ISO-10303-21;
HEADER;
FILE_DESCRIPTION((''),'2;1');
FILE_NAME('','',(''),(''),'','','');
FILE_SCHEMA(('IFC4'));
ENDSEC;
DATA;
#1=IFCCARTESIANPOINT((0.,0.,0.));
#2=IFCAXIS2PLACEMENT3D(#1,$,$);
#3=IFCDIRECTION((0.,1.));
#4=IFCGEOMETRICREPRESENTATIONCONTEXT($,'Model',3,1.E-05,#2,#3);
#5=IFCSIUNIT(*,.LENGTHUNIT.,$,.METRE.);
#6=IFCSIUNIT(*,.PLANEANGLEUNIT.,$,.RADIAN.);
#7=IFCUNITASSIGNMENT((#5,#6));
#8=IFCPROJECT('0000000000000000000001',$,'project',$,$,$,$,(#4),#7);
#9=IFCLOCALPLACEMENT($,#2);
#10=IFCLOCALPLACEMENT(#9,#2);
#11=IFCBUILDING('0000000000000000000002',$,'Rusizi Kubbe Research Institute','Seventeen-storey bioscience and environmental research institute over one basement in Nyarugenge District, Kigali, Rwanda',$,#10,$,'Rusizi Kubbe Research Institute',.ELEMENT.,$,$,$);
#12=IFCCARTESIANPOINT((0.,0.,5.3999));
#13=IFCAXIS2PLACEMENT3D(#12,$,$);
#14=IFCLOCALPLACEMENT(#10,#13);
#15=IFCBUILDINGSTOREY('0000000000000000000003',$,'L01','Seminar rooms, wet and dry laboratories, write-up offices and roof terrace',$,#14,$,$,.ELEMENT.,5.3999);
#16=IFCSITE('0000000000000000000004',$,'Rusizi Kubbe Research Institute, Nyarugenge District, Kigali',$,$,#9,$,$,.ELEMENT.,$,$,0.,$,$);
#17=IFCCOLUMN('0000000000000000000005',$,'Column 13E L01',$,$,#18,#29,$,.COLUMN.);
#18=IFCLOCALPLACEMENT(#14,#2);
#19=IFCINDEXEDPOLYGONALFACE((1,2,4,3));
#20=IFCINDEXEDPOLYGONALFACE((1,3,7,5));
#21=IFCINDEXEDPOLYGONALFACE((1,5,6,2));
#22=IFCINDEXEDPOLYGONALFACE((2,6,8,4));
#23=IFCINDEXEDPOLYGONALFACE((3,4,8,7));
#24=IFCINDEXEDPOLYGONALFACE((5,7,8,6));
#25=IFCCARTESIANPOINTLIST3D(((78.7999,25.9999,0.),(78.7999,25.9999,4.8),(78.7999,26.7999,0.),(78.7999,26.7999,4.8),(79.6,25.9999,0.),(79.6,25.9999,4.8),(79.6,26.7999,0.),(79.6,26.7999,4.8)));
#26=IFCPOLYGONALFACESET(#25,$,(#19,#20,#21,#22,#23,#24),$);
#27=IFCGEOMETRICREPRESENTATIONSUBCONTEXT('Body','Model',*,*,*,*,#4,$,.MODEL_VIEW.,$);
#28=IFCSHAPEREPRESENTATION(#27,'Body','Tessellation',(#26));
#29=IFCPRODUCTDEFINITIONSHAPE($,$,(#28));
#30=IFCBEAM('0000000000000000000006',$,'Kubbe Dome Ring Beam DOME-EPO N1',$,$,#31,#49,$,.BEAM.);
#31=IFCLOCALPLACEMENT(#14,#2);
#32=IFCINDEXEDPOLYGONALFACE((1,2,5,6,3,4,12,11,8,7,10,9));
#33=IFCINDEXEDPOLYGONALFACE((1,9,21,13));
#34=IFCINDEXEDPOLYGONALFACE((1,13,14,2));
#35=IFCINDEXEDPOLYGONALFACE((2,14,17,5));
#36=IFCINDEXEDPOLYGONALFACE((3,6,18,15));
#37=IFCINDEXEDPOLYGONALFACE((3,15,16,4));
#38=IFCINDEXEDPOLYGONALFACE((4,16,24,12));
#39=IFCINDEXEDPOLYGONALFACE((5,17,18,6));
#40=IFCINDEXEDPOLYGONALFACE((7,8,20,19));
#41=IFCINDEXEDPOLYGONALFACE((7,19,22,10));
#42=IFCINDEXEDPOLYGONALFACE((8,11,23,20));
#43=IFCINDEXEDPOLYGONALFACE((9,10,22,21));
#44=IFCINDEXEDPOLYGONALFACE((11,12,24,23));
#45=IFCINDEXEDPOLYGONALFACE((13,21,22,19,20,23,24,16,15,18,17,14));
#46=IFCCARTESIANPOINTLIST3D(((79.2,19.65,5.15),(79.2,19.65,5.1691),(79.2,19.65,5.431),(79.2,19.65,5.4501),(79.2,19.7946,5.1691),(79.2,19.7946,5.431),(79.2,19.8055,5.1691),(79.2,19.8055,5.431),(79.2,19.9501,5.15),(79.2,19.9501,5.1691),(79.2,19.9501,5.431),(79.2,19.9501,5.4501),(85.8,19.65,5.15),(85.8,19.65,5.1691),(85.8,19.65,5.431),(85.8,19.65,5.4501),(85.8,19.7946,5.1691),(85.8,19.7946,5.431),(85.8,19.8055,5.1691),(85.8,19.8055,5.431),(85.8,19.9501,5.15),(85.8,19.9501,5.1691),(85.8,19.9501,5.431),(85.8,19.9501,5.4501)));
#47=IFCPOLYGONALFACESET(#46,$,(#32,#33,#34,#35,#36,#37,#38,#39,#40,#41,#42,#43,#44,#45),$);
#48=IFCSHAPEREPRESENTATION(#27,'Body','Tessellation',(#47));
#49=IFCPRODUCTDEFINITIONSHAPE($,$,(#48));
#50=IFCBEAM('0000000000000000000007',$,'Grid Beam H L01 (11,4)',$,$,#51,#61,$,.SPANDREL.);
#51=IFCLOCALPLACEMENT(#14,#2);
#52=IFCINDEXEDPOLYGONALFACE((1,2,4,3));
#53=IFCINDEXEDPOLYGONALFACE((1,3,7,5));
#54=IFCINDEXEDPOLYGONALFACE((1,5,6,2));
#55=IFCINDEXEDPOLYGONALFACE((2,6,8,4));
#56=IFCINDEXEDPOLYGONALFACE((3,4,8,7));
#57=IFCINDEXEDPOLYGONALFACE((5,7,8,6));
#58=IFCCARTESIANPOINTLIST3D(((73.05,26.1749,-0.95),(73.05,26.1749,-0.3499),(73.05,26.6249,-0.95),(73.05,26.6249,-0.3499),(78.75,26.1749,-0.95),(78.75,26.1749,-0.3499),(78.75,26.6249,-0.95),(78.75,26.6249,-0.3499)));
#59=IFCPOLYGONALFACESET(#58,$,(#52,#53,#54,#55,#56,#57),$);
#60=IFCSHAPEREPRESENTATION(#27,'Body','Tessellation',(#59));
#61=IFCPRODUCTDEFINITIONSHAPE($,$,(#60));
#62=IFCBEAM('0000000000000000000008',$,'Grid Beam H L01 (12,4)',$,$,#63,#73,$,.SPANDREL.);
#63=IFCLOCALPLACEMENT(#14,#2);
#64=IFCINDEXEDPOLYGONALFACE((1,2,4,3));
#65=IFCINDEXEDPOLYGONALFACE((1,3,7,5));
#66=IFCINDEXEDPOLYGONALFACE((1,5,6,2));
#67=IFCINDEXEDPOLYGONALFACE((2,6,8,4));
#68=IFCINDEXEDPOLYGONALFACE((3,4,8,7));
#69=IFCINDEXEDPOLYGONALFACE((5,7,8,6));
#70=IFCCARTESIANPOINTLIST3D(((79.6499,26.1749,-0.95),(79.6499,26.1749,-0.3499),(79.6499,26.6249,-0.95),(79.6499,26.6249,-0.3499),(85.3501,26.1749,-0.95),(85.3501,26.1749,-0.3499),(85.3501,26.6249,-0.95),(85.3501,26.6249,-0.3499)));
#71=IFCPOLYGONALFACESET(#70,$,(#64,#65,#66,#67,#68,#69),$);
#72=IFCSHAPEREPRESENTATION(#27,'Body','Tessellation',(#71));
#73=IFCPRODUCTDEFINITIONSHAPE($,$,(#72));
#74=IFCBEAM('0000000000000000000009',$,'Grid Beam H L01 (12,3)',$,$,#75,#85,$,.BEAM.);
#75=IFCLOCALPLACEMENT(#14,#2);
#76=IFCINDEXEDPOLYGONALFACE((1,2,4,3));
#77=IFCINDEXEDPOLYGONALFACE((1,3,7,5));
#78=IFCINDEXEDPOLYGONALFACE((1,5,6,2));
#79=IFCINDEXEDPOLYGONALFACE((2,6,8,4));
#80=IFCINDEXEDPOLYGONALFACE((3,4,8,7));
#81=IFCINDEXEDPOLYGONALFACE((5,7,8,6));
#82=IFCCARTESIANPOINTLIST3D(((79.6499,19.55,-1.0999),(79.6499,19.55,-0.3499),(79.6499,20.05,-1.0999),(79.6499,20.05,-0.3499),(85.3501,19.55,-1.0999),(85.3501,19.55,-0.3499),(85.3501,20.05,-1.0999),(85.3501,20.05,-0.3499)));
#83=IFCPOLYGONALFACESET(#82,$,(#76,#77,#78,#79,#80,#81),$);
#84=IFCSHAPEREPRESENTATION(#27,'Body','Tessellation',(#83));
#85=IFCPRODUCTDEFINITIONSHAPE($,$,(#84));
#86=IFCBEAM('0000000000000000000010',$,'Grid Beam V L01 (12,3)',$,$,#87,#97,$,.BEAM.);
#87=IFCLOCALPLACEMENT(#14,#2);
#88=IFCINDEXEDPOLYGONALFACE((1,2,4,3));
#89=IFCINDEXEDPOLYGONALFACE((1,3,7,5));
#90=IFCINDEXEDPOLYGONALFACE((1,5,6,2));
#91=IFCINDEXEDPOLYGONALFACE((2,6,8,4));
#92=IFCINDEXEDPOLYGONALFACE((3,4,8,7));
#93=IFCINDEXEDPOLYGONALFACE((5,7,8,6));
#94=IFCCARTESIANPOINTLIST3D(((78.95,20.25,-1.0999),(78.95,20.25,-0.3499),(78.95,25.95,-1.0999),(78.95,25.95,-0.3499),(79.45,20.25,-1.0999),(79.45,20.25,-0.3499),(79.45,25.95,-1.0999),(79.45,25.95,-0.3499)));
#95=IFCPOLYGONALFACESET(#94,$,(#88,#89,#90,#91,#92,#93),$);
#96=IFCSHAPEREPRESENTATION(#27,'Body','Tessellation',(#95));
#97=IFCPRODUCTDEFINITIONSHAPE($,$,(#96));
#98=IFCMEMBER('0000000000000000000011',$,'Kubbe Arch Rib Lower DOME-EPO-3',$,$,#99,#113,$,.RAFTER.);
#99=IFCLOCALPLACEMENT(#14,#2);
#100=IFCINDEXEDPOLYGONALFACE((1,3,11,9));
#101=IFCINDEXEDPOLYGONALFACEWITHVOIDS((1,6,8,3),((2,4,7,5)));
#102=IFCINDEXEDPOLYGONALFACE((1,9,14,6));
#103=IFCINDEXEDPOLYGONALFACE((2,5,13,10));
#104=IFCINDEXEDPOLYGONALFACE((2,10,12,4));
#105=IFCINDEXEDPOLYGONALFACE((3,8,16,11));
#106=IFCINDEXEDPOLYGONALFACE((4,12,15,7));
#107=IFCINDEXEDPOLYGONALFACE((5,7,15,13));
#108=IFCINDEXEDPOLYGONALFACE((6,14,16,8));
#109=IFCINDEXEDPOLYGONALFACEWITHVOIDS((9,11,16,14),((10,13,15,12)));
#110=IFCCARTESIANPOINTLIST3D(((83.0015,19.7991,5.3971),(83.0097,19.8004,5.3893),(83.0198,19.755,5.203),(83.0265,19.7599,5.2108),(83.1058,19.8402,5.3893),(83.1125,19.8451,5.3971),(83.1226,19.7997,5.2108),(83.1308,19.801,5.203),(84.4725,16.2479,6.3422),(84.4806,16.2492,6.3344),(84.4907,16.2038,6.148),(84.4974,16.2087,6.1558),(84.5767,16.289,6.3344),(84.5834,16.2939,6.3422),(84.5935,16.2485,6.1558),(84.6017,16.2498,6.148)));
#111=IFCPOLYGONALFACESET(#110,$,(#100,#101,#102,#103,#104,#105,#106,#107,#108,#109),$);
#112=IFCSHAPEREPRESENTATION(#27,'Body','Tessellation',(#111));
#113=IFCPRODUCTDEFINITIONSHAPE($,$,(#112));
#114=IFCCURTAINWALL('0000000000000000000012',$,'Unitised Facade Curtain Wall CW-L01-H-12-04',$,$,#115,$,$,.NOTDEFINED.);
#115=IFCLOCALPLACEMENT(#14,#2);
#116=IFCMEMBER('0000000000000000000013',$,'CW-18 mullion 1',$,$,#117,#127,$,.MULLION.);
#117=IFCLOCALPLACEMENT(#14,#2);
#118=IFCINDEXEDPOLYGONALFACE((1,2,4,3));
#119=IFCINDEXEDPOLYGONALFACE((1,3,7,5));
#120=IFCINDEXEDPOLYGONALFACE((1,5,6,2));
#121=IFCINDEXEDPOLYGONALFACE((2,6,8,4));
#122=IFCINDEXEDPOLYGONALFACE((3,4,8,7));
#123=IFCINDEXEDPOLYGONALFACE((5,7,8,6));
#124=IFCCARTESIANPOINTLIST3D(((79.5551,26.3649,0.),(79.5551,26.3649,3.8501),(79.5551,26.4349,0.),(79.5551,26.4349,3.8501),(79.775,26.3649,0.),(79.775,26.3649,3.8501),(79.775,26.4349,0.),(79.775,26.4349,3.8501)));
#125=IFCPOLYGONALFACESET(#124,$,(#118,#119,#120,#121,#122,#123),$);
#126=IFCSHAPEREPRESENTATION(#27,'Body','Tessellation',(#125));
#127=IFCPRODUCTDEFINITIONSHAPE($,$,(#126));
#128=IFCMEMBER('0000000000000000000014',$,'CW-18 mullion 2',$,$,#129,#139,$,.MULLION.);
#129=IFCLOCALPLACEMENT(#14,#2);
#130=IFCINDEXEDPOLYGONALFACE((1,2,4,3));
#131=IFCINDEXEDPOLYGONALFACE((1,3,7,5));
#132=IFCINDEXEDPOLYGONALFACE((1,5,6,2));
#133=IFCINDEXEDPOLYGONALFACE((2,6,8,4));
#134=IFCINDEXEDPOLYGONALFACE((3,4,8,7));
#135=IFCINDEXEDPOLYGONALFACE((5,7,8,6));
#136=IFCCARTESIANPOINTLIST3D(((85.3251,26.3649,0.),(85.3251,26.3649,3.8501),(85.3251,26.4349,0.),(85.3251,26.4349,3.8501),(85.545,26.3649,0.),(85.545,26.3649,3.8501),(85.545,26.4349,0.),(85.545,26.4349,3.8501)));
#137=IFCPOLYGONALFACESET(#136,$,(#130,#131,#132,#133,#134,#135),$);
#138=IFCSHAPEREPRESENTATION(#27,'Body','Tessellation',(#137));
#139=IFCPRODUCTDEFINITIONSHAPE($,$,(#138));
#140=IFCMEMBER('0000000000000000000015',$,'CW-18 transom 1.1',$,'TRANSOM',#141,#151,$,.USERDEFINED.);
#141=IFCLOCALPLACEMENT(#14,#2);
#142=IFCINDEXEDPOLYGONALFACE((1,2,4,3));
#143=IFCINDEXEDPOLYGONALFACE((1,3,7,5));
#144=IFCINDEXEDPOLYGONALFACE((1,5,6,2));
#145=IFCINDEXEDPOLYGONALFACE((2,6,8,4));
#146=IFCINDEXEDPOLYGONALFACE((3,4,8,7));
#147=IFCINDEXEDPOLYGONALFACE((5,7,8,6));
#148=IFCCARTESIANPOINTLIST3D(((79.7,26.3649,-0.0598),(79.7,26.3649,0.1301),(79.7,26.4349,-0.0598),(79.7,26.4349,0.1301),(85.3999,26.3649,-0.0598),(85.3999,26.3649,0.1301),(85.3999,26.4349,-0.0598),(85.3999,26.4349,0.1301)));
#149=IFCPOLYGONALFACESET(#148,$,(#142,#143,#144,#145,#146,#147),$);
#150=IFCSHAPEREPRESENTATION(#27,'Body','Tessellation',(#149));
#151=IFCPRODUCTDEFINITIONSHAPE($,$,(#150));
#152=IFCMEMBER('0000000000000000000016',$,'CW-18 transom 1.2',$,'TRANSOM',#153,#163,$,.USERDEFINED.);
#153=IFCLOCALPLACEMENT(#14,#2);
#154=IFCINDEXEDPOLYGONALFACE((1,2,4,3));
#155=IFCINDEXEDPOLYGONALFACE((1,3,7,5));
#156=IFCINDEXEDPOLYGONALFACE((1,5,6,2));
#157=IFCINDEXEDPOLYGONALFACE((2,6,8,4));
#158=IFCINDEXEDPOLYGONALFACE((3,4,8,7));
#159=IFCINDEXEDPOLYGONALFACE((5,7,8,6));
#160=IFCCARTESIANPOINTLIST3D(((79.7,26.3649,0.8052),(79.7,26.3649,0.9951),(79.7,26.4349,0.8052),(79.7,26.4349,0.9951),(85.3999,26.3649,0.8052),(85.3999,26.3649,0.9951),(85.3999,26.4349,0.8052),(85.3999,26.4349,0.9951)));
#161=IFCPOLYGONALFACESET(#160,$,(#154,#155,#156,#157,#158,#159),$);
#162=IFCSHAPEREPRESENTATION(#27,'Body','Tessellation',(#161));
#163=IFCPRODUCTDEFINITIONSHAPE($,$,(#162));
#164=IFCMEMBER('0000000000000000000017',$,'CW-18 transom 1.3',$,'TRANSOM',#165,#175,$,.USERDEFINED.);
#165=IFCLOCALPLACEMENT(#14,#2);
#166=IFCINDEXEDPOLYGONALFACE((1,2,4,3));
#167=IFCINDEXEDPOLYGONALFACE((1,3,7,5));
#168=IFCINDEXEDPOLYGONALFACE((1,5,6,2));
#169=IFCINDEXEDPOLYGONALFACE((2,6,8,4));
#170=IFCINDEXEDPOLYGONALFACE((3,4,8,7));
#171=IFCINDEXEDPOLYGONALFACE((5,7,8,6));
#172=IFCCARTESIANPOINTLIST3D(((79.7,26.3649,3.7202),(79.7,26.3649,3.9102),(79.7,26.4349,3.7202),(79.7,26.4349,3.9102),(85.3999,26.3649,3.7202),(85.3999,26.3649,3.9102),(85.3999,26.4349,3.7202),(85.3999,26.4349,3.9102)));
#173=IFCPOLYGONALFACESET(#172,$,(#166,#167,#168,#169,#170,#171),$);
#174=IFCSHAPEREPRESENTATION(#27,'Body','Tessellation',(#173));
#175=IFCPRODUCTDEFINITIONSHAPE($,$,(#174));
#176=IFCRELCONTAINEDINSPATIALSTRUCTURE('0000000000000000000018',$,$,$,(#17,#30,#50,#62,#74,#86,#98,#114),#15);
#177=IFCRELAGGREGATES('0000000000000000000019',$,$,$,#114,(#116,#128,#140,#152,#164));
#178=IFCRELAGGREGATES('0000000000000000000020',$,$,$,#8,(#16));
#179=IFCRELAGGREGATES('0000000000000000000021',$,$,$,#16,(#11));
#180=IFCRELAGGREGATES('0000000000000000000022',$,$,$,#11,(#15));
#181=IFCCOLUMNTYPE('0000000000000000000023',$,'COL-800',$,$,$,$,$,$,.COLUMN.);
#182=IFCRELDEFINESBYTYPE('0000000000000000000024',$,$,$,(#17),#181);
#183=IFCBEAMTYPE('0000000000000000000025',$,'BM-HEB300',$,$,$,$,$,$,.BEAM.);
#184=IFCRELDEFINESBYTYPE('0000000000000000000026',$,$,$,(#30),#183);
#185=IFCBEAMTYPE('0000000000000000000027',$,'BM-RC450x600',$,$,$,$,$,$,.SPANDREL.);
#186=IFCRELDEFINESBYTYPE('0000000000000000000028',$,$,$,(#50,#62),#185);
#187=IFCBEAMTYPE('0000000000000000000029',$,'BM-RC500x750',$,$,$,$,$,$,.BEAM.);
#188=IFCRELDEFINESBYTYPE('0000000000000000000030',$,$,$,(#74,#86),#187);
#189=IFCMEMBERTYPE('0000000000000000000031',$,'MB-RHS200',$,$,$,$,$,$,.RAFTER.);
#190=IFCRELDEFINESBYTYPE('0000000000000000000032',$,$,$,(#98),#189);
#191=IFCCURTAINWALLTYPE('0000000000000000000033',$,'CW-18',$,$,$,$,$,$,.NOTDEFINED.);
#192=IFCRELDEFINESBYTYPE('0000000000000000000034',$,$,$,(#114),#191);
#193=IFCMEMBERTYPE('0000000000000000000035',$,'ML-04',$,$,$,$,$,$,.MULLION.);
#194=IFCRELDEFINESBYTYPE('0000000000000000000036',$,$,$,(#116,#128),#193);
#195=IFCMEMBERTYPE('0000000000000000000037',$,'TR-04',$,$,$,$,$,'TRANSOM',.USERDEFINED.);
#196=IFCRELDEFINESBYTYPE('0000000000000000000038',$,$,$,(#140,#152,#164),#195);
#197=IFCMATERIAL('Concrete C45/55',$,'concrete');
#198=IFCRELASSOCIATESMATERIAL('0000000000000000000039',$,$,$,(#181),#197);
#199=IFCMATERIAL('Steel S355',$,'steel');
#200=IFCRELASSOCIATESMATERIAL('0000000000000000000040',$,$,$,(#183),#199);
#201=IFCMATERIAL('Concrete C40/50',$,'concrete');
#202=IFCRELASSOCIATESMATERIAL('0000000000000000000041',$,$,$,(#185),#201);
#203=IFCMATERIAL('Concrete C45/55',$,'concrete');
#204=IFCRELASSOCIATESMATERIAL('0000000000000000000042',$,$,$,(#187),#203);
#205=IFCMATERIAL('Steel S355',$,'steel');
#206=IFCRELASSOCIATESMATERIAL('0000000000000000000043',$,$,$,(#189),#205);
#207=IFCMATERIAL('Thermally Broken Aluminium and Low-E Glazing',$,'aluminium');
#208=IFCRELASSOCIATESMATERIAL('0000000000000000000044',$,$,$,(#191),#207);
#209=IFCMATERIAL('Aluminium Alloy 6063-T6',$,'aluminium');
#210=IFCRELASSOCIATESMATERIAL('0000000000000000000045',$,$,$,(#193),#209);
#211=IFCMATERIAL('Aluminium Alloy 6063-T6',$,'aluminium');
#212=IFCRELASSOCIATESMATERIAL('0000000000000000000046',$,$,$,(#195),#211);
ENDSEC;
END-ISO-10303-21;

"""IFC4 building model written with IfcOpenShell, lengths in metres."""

from ifc_helpers import new_model, si_unit, direction, frame, origin, origin_2d, place, context, subcontext, project, spatial, rectangle, hollow_rectangle, i_section, extrude, material, material_profile, profile_set, type_object, element, aggregate, save


model = new_model("IFC4")

# Units and contexts
model_context = context("Model", 3, precision=1e-05, world=origin(), true_north=direction((0.0, 1.0)))
body_context = subcontext(model_context, "Body", "Model", "MODEL_VIEW")
ifc_project = project(units=[si_unit("LENGTHUNIT", "METRE"), si_unit("PLANEANGLEUNIT", "RADIAN")], contexts=[model_context])

# Site, building, storey
site_placement = place(None, origin())
site = spatial("IfcSite", under=ifc_project, at=site_placement, Name="Rusizi Kubbe Research Institute, Nyarugenge District, Kigali", CompositionType="ELEMENT", RefElevation=0.0)
building_placement = place(site_placement, origin())
building = spatial("IfcBuilding", under=site, at=building_placement, Name="Rusizi Kubbe Research Institute", Description="Seventeen-storey bioscience and environmental research institute over one basement in Nyarugenge District, Kigali, Rwanda", LongName="Rusizi Kubbe Research Institute", CompositionType="ELEMENT")
storey_placement = place(building_placement, frame((0.0, 0.0, 5.3999)))
storey = spatial("IfcBuildingStorey", under=building, at=storey_placement, Name="L01", Description="Seminar rooms, wet and dry laboratories, write-up offices and roof terrace", CompositionType="ELEMENT", Elevation=5.3999)

# Column
ifc_material_1 = material(Name="Concrete C45/55", Category="concrete")
ifc_material_profile_1 = material_profile(ifc_material_1, rectangle(XDim=0.8, YDim=0.8, at=origin_2d()), Name="RC800x800")
ifc_profile_set_1 = profile_set([ifc_material_profile_1], Name="Concrete C45/55")
column_type = type_object("IfcColumnType", Name="COL-800", PredefinedType="COLUMN", material=ifc_profile_set_1)
column_placement = place(storey_placement, frame((79.2, 26.3999, 0.0), z_axis=(0.0, 0.0, 1.0), x_axis=(1.0, 0.0, 0.0)))
element("IfcColumn", 1, at=column_placement, inside=storey, type_object=column_type, Name="Column 13E L01", PredefinedType="COLUMN", context=body_context, shape_type="SweptSolid", body=[
    extrude(rectangle(XDim=0.8, YDim=0.8, at=origin_2d()), origin(), (0.0, 0.0, 1.0), 4.8),
])

# Beams
ifc_material_2 = material(Name="Steel S355", Category="steel")
ifc_material_profile_2 = material_profile(ifc_material_2, i_section(OverallWidth=0.3, OverallDepth=0.3, WebThickness=0.011, FlangeThickness=0.019, at=origin_2d()), Name="HEB 300")
ifc_profile_set_2 = profile_set([ifc_material_profile_2], Name="Steel S355")
beam_type_1 = type_object("IfcBeamType", Name="BM-HEB300", PredefinedType="BEAM", material=ifc_profile_set_2)
beam_1_placement = place(storey_placement, frame((79.2, 19.8, 5.3), z_axis=(1.0, 0.0, 0.0), x_axis=(0.0, 1.0, 0.0)))
element("IfcBeam", 2, at=beam_1_placement, inside=storey, type_object=beam_type_1, Name="Kubbe Dome Ring Beam DOME-EPO N1", PredefinedType="BEAM", context=body_context, shape_type="SweptSolid", body=[
    extrude(i_section(OverallWidth=0.3, OverallDepth=0.3, WebThickness=0.011, FlangeThickness=0.019, at=origin_2d()), origin(), (0.0, 0.0, 1.0), 6.6001),
])
ifc_material_3 = material(Name="Concrete C40/50", Category="concrete")
ifc_material_profile_3 = material_profile(ifc_material_3, rectangle(XDim=0.45, YDim=0.6001, at=origin_2d()), Name="RC450x600")
ifc_profile_set_3 = profile_set([ifc_material_profile_3], Name="Concrete C40/50")
beam_type_2 = type_object("IfcBeamType", Name="BM-RC450x600", PredefinedType="SPANDREL", material=ifc_profile_set_3)
beam_2_placement = place(storey_placement, frame((73.05, 26.3999, -0.6499), z_axis=(1.0, 0.0, 0.0), x_axis=(0.0, 1.0, 0.0)))
element("IfcBeam", 3, at=beam_2_placement, inside=storey, type_object=beam_type_2, Name="Grid Beam H L01 (11,4)", PredefinedType="SPANDREL", context=body_context, shape_type="SweptSolid", body=[
    extrude(rectangle(XDim=0.45, YDim=0.6001, at=origin_2d()), origin(), (0.0, 0.0, 1.0), 5.7),
])
beam_3_placement = place(storey_placement, frame((79.6499, 26.3999, -0.6499), z_axis=(1.0, 0.0, 0.0), x_axis=(0.0, 1.0, 0.0)))
element("IfcBeam", 4, at=beam_3_placement, inside=storey, type_object=beam_type_2, Name="Grid Beam H L01 (12,4)", PredefinedType="SPANDREL", context=body_context, shape_type="SweptSolid", body=[
    extrude(rectangle(XDim=0.45, YDim=0.6001, at=origin_2d()), origin(), (0.0, 0.0, 1.0), 5.7002),
])
ifc_material_4 = material(Name="Concrete C45/55", Category="concrete")
ifc_material_profile_4 = material_profile(ifc_material_4, rectangle(XDim=0.5, YDim=0.75, at=origin_2d()), Name="RC500x750B")
ifc_profile_set_4 = profile_set([ifc_material_profile_4], Name="Concrete C45/55")
beam_type_3 = type_object("IfcBeamType", Name="BM-RC500x750", PredefinedType="BEAM", material=ifc_profile_set_4)
beam_4_placement = place(storey_placement, frame((79.6499, 19.8, -0.7249), z_axis=(1.0, 0.0, 0.0), x_axis=(0.0, 1.0, 0.0)))
element("IfcBeam", 5, at=beam_4_placement, inside=storey, type_object=beam_type_3, Name="Grid Beam H L01 (12,3)", PredefinedType="BEAM", context=body_context, shape_type="SweptSolid", body=[
    extrude(rectangle(XDim=0.5, YDim=0.75, at=origin_2d()), origin(), (0.0, 0.0, 1.0), 5.7002),
])
beam_5_placement = place(storey_placement, frame((79.2, 20.25, -0.7249), z_axis=(0.0, 1.0, 0.0), x_axis=(-1.0, 0.0, 0.0)))
element("IfcBeam", 6, at=beam_5_placement, inside=storey, type_object=beam_type_3, Name="Grid Beam V L01 (12,3)", PredefinedType="BEAM", context=body_context, shape_type="SweptSolid", body=[
    extrude(rectangle(XDim=0.5, YDim=0.75, at=origin_2d()), origin(), (0.0, 0.0, 1.0), 5.7),
])

# Member
ifc_material_5 = material(Name="Steel S355", Category="steel")
ifc_material_profile_5 = material_profile(ifc_material_5, hollow_rectangle(XDim=0.1201, YDim=0.2, WallThickness=0.0081, at=origin_2d()), Name="RHS 200x120x8.0")
ifc_profile_set_5 = profile_set([ifc_material_profile_5], Name="Steel S355")
member_type_1 = type_object("IfcMemberType", Name="MB-RHS200", PredefinedType="RAFTER", material=ifc_profile_set_5)
member_1_placement = place(storey_placement, frame((83.0662, 19.8, 5.3), z_axis=(0.371608, -0.897164, 0.238754), x_axis=(0.923883, 0.382675, 0.0)))
element("IfcMember", 7, at=member_1_placement, inside=storey, type_object=member_type_1, Name="Kubbe Arch Rib Lower DOME-EPO-3", PredefinedType="RAFTER", context=body_context, shape_type="SweptSolid", body=[
    extrude(hollow_rectangle(XDim=0.1201, YDim=0.2, WallThickness=0.0081, at=origin_2d()), origin(), (0.0, 0.0, 1.0), 3.9583),
])

# Curtain wall, members
ifc_material_6 = material(Name="Thermally Broken Aluminium and Low-E Glazing", Category="aluminium")
curtain_wall_type = type_object("IfcCurtainWallType", Name="CW-18", PredefinedType="NOTDEFINED", material=ifc_material_6)
curtain_wall_placement = place(storey_placement, origin())
curtain_wall = element("IfcCurtainWall", 8, at=curtain_wall_placement, inside=storey, type_object=curtain_wall_type, Name="Unitised Facade Curtain Wall CW-L01-H-12-04", PredefinedType="NOTDEFINED")
ifc_material_7 = material(Name="Aluminium Alloy 6063-T6", Category="aluminium")
ifc_material_profile_6 = material_profile(ifc_material_7, rectangle(XDim=0.0701, YDim=0.22, at=origin_2d()), Name="ALU-M 70x220")
ifc_profile_set_6 = profile_set([ifc_material_profile_6], Name="Aluminium Alloy 6063-T6")
member_type_2 = type_object("IfcMemberType", Name="ML-04", PredefinedType="MULLION", material=ifc_profile_set_6)
member_2_placement = place(storey_placement, frame((79.665, 26.3999, 0.0), z_axis=(0.0, 0.0, 1.0), x_axis=(0.0, 1.0, 0.0)))
member_2 = element("IfcMember", 9, at=member_2_placement, type_object=member_type_2, Name="CW-18 mullion 1", PredefinedType="MULLION", context=body_context, shape_type="SweptSolid", body=[
    extrude(rectangle(XDim=0.0701, YDim=0.22, at=origin_2d()), origin(), (0.0, 0.0, 1.0), 3.8501),
])
member_3_placement = place(storey_placement, frame((85.4351, 26.3999, 0.0), z_axis=(0.0, 0.0, 1.0), x_axis=(0.0, 1.0, 0.0)))
member_3 = element("IfcMember", 10, at=member_3_placement, type_object=member_type_2, Name="CW-18 mullion 2", PredefinedType="MULLION", context=body_context, shape_type="SweptSolid", body=[
    extrude(rectangle(XDim=0.0701, YDim=0.22, at=origin_2d()), origin(), (0.0, 0.0, 1.0), 3.8501),
])
ifc_material_8 = material(Name="Aluminium Alloy 6063-T6", Category="aluminium")
ifc_material_profile_7 = material_profile(ifc_material_8, rectangle(XDim=0.0701, YDim=0.1899, at=origin_2d()), Name="ALU-T 70x190")
ifc_profile_set_7 = profile_set([ifc_material_profile_7], Name="Aluminium Alloy 6063-T6")
member_type_3 = type_object("IfcMemberType", Name="TR-04", ElementType="TRANSOM", PredefinedType="USERDEFINED", material=ifc_profile_set_7)
member_4_placement = place(storey_placement, frame((79.7, 26.3999, 0.0352), z_axis=(1.0, 0.0, 0.0), x_axis=(0.0, 1.0, 0.0)))
member_4 = element("IfcMember", 11, at=member_4_placement, type_object=member_type_3, Name="CW-18 transom 1.1", ObjectType="TRANSOM", PredefinedType="USERDEFINED", context=body_context, shape_type="SweptSolid", body=[
    extrude(rectangle(XDim=0.0701, YDim=0.1899, at=origin_2d()), origin(), (0.0, 0.0, 1.0), 5.7),
])
member_5_placement = place(storey_placement, frame((79.7, 26.3999, 0.9001), z_axis=(1.0, 0.0, 0.0), x_axis=(0.0, 1.0, 0.0)))
member_5 = element("IfcMember", 12, at=member_5_placement, type_object=member_type_3, Name="CW-18 transom 1.2", ObjectType="TRANSOM", PredefinedType="USERDEFINED", context=body_context, shape_type="SweptSolid", body=[
    extrude(rectangle(XDim=0.0701, YDim=0.1899, at=origin_2d()), origin(), (0.0, 0.0, 1.0), 5.7),
])
member_6_placement = place(storey_placement, frame((79.7, 26.3999, 3.8152), z_axis=(1.0, 0.0, 0.0), x_axis=(0.0, 1.0, 0.0)))
member_6 = element("IfcMember", 13, at=member_6_placement, type_object=member_type_3, Name="CW-18 transom 1.3", ObjectType="TRANSOM", PredefinedType="USERDEFINED", context=body_context, shape_type="SweptSolid", body=[
    extrude(rectangle(XDim=0.0701, YDim=0.1899, at=origin_2d()), origin(), (0.0, 0.0, 1.0), 5.7),
])
aggregate(curtain_wall, [member_2, member_3, member_4, member_5, member_6])

save(model, "model.ifc")
